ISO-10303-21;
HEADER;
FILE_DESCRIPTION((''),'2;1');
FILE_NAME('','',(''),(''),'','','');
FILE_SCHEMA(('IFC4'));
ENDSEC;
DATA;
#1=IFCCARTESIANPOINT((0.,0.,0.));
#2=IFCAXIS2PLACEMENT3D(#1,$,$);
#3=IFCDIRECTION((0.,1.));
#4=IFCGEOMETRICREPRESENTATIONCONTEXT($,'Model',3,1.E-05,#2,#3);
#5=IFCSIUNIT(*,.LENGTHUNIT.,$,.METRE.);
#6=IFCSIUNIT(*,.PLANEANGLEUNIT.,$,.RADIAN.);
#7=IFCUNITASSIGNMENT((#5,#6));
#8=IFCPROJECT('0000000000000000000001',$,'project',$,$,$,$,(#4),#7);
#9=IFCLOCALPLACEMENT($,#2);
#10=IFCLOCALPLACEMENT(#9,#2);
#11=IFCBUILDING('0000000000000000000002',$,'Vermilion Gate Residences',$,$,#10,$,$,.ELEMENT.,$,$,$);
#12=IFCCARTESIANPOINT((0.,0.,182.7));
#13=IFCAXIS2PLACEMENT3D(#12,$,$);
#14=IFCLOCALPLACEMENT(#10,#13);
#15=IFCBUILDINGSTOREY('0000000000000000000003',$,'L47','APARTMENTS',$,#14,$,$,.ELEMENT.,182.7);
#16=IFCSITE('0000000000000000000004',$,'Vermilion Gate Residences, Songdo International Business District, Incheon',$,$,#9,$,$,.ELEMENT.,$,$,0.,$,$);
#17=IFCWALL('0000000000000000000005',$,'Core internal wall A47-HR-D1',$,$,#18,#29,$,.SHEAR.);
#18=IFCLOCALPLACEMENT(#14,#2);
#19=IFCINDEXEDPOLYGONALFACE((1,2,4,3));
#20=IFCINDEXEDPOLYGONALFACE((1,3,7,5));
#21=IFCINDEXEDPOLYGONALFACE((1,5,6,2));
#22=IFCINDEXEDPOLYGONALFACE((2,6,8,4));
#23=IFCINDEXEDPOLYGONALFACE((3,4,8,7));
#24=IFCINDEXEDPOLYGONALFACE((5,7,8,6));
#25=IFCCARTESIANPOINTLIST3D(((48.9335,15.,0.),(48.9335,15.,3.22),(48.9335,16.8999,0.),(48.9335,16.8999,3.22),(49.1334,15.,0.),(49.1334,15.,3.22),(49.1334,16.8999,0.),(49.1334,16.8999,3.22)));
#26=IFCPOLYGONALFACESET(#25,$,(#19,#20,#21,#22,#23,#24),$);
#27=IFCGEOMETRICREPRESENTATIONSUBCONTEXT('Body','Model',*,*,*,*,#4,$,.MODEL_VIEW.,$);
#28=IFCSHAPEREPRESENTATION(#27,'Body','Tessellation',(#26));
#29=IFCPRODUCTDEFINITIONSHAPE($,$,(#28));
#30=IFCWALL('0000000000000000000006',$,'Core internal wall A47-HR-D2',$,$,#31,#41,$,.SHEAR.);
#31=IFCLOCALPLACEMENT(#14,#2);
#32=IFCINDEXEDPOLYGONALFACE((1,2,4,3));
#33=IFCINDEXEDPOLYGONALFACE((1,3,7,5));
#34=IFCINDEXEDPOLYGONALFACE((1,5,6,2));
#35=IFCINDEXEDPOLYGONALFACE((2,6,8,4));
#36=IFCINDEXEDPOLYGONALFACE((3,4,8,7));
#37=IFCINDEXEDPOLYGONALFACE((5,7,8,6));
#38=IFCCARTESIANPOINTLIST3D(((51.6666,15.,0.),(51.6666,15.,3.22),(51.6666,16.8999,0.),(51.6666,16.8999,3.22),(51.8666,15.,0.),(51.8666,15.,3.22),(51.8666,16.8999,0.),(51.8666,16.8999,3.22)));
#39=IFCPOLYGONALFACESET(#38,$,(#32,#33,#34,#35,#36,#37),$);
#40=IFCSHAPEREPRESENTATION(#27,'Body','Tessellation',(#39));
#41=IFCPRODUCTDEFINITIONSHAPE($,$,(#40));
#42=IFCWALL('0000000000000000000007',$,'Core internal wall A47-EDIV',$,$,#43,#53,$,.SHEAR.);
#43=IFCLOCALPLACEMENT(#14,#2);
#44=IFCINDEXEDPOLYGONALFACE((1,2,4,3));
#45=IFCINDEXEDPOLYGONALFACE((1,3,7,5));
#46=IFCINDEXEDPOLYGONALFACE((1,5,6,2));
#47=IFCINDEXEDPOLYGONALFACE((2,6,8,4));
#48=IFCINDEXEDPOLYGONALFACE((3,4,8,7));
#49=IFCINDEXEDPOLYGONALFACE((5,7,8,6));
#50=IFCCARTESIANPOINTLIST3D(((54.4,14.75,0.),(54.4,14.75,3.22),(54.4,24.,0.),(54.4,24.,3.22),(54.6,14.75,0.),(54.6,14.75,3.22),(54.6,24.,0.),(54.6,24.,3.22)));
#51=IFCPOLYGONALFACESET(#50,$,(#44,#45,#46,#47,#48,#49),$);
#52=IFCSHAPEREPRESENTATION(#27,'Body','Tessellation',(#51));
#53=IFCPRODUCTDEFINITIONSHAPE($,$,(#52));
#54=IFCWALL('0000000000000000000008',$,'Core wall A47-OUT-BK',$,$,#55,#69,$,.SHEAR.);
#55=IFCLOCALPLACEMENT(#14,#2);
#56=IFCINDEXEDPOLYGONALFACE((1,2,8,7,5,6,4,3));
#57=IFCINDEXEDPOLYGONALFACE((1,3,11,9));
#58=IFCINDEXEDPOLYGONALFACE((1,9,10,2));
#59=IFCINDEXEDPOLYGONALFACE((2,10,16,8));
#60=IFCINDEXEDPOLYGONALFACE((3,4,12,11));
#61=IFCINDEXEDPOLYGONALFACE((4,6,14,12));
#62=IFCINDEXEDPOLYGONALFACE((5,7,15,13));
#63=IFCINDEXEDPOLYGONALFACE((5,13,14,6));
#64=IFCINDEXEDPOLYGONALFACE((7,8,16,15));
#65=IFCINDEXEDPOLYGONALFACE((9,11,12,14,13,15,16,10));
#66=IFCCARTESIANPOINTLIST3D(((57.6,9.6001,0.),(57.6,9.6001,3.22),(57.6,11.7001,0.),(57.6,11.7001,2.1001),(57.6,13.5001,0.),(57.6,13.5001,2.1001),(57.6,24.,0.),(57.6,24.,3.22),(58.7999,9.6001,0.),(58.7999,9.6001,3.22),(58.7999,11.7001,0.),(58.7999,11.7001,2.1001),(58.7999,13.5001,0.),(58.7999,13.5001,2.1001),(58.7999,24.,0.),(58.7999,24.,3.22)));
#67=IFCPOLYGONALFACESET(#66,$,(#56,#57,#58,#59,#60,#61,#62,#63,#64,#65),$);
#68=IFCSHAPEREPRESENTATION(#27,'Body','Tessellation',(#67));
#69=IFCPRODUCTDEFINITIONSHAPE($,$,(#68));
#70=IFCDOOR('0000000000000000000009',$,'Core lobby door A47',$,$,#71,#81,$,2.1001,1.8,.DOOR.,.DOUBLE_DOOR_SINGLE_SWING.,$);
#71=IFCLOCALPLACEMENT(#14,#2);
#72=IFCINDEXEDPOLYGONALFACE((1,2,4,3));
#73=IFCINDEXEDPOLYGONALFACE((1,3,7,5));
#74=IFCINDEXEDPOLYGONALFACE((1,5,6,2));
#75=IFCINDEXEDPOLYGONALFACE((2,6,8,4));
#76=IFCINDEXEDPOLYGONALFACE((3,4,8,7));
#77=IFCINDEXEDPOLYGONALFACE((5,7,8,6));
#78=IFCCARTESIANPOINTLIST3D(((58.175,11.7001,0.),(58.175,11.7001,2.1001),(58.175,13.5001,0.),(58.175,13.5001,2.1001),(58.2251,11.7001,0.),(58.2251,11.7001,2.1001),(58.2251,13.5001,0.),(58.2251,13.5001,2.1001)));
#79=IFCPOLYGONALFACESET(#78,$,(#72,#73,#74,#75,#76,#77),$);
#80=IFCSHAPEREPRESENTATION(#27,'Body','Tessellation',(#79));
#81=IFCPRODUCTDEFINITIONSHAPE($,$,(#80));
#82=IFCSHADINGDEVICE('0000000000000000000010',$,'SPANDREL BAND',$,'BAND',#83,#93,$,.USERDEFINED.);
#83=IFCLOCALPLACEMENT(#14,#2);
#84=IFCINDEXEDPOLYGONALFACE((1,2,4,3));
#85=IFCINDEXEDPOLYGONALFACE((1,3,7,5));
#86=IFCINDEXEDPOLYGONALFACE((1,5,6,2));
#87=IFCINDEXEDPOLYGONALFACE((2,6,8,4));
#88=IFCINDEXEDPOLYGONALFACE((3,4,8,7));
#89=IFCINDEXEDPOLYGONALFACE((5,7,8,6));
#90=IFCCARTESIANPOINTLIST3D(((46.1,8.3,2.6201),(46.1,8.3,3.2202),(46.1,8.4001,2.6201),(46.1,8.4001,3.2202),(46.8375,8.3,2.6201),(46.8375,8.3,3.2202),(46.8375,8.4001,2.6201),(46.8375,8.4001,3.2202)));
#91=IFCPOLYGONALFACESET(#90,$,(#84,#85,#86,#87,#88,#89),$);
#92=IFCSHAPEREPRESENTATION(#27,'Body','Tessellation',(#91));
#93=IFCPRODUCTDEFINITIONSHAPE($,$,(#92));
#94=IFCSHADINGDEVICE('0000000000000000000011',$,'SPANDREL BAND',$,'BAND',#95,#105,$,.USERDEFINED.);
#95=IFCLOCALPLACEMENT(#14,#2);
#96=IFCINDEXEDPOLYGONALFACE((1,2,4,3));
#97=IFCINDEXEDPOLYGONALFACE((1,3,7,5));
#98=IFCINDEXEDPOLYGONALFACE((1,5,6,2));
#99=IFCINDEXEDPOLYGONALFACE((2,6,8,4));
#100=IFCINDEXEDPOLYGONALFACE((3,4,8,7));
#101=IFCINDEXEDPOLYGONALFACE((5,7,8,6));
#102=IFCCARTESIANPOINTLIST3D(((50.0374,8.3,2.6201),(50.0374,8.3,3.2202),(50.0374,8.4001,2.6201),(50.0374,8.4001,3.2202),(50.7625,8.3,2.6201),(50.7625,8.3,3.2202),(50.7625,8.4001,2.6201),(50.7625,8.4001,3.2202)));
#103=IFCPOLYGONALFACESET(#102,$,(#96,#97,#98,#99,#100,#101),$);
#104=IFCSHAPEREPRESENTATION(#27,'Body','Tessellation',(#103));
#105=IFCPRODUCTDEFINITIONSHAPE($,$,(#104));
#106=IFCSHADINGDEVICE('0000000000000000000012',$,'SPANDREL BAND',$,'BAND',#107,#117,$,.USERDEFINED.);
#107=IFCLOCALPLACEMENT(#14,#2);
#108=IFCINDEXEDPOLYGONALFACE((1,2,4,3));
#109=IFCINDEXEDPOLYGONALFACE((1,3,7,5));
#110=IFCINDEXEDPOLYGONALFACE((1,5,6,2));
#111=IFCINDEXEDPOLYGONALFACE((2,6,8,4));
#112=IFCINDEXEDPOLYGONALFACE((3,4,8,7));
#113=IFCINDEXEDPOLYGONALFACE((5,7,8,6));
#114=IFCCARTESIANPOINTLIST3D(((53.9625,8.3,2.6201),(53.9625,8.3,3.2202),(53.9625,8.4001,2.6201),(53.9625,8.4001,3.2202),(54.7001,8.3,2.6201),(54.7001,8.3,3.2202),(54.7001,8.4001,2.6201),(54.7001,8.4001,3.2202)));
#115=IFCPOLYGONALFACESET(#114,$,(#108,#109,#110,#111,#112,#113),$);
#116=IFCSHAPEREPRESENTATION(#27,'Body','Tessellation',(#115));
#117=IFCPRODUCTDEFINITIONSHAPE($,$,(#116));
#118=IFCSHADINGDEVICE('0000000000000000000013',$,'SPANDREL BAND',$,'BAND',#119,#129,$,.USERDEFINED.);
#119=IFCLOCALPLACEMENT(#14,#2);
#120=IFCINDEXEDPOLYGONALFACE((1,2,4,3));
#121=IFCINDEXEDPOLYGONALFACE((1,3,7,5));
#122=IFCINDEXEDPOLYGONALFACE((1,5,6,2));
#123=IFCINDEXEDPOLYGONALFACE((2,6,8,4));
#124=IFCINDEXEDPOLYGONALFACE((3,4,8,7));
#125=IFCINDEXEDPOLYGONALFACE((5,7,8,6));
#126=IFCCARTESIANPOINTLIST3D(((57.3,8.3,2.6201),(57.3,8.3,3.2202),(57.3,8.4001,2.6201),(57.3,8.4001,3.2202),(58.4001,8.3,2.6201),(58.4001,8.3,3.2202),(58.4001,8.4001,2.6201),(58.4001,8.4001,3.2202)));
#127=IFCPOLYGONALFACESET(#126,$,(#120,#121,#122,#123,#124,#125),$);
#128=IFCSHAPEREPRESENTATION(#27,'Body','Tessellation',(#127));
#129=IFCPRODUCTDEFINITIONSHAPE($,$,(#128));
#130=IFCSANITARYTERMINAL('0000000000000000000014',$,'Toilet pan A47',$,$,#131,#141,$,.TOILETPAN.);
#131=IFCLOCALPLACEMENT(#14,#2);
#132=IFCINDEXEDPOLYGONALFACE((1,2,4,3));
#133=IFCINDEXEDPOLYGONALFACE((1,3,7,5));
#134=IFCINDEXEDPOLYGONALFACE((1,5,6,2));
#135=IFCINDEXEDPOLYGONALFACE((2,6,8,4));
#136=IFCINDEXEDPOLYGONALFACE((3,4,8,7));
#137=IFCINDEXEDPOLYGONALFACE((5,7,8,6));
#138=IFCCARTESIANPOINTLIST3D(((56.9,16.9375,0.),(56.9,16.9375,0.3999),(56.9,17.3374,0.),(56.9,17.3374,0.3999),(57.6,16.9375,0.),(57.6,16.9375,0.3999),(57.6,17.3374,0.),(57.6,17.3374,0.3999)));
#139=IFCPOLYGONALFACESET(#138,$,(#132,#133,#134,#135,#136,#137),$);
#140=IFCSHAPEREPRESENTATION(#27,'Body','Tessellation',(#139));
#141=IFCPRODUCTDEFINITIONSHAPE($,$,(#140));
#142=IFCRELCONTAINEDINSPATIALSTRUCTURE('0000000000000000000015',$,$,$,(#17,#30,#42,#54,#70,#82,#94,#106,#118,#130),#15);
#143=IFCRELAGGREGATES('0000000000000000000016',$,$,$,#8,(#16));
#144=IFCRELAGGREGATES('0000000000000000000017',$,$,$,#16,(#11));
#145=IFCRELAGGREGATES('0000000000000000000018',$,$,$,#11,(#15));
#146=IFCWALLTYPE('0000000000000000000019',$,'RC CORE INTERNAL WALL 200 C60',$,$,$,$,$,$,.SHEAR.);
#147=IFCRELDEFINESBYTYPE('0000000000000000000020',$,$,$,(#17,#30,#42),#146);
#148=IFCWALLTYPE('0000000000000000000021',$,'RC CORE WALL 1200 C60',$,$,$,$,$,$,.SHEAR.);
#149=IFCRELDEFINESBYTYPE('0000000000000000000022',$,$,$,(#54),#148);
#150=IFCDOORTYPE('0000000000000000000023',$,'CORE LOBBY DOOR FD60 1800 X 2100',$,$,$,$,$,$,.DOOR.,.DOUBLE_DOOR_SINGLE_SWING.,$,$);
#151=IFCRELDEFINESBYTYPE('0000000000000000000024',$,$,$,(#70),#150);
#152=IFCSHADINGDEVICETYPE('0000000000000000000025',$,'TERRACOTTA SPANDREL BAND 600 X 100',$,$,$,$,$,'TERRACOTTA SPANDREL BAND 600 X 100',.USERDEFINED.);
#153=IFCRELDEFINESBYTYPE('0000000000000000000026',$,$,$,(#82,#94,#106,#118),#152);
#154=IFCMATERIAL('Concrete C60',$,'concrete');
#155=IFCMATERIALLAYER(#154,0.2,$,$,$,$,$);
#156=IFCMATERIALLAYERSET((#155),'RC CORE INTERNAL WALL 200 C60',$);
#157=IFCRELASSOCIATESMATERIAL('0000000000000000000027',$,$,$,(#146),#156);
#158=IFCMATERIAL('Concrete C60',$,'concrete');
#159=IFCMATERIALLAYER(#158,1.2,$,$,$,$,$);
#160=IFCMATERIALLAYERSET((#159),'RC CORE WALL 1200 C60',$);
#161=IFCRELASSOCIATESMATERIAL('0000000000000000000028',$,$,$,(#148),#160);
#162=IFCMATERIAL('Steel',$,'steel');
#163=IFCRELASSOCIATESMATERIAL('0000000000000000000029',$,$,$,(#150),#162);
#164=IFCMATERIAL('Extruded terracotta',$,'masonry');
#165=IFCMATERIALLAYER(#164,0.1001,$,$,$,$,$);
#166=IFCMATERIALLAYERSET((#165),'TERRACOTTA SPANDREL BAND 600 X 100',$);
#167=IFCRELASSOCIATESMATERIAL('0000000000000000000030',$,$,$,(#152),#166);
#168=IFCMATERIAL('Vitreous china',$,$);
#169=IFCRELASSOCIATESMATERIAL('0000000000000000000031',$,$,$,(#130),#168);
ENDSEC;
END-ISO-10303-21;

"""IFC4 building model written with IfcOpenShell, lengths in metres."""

from ifc_helpers import new_model, si_unit, direction, frame, frame_2d, origin, origin_2d, place, context, subcontext, project, spatial, rectangle, extrude, material, layer, layer_set, type_object, element, fill, save


model = new_model("IFC4")

# Units and contexts
model_context = context("Model", 3, precision=1e-05, world=origin(), true_north=direction((0.0, 1.0)))
body_context = subcontext(model_context, "Body", "Model", "MODEL_VIEW")
ifc_project = project(units=[si_unit("LENGTHUNIT", "METRE"), si_unit("PLANEANGLEUNIT", "RADIAN")], contexts=[model_context])

# Site, building, storey
site_placement = place(None, origin())
site = spatial("IfcSite", under=ifc_project, at=site_placement, Name="Vermilion Gate Residences, Songdo International Business District, Incheon", CompositionType="ELEMENT", RefElevation=0.0)
building_placement = place(site_placement, origin())
building = spatial("IfcBuilding", under=site, at=building_placement, Name="Vermilion Gate Residences", CompositionType="ELEMENT")
storey_placement = place(building_placement, frame((0.0, 0.0, 182.7)))
storey = spatial("IfcBuildingStorey", under=building, at=storey_placement, Name="L47", Description="APARTMENTS", CompositionType="ELEMENT", Elevation=182.7)

# Walls
ifc_material_1 = material(Name="Concrete C60", Category="concrete")
ifc_layer_1 = layer(ifc_material_1, 0.2)
ifc_layer_set_1 = layer_set([ifc_layer_1], Name="RC CORE INTERNAL WALL 200 C60")
wall_type_1 = type_object("IfcWallType", Name="RC CORE INTERNAL WALL 200 C60", PredefinedType="SHEAR", material=ifc_layer_set_1)
for number, where, z_axis, x_axis, name in (
    (1, (49.0334, 15.0, 0.0), (0.0, 0.0, 1.0), (0.0, 1.0, 0.0), "Core internal wall A47-HR-D1"),
    (2, (51.7666, 15.0, 0.0), (0.0, 0.0, 1.0), (0.0, 1.0, 0.0), "Core internal wall A47-HR-D2"),
):
    element("IfcWall", number, at=place(storey_placement, frame(where, z_axis=z_axis, x_axis=x_axis)), inside=storey, type_object=wall_type_1, Name=name, PredefinedType="SHEAR", context=body_context, shape_type="SweptSolid", body=[
        extrude(rectangle(XDim=1.8999, YDim=0.2, at=frame_2d((0.95, 0.0))), origin(), (0.0, 0.0, 1.0), 3.22),
    ])
wall_1_placement = place(storey_placement, frame((54.5, 14.75, 0.0), z_axis=(0.0, 0.0, 1.0), x_axis=(0.0, 1.0, 0.0)))
element("IfcWall", 3, at=wall_1_placement, inside=storey, type_object=wall_type_1, Name="Core internal wall A47-EDIV", PredefinedType="SHEAR", context=body_context, shape_type="SweptSolid", body=[
    extrude(rectangle(XDim=9.25, YDim=0.2, at=frame_2d((4.625, 0.0))), origin(), (0.0, 0.0, 1.0), 3.22),
])

# Wall, opening, door
ifc_material_2 = material(Name="Concrete C60", Category="concrete")
ifc_layer_2 = layer(ifc_material_2, 1.2)
ifc_layer_set_2 = layer_set([ifc_layer_2], Name="RC CORE WALL 1200 C60")
wall_type_2 = type_object("IfcWallType", Name="RC CORE WALL 1200 C60", PredefinedType="SHEAR", material=ifc_layer_set_2)
wall_2_placement = place(storey_placement, frame((58.2, 9.6001, 0.0), z_axis=(0.0, 0.0, 1.0), x_axis=(0.0, 1.0, 0.0)))
wall_2 = element("IfcWall", 4, at=wall_2_placement, inside=storey, type_object=wall_type_2, Name="Core wall A47-OUT-BK", PredefinedType="SHEAR", context=body_context, shape_type="SweptSolid", body=[
    extrude(rectangle(XDim=14.3999, YDim=1.2, at=frame_2d((7.2, 0.0))), origin(), (0.0, 0.0, 1.0), 3.22),
])
opening_1_placement = place(wall_2_placement, frame((2.1001, 0.0, 0.0)))
opening_1 = element("IfcOpeningElement", 5, at=opening_1_placement, cuts=wall_2, PredefinedType="OPENING", context=body_context, shape_type="SweptSolid", body=[
    extrude(rectangle(XDim=1.8, YDim=2.1001, at=frame_2d((0.8999, 1.05))), frame((0.0, 0.6099, 0.0), z_axis=(0.0, -1.0, 0.0), x_axis=(1.0, 0.0, 0.0)), (0.0, 0.0, 1.0), 1.22),
])
ifc_material_3 = material(Name="Steel", Category="steel")
door_type_1 = type_object("IfcDoorType", Name="CORE LOBBY DOOR FD60 1800 X 2100", OperationType="DOUBLE_DOOR_SINGLE_SWING", PredefinedType="DOOR", material=ifc_material_3)
door_1_placement = place(opening_1_placement, origin())
door_1 = element("IfcDoor", 6, at=door_1_placement, inside=storey, type_object=door_type_1, Name="Core lobby door A47", OperationType="DOUBLE_DOOR_SINGLE_SWING", OverallHeight=2.1001, OverallWidth=1.8, PredefinedType="DOOR", context=body_context, shape_type="SweptSolid", body=[
    extrude(rectangle(XDim=1.8, YDim=2.1001, at=frame_2d((0.8999, 1.05))), frame((0.0, 0.0249, 0.0), z_axis=(0.0, -1.0, 0.0), x_axis=(1.0, 0.0, 0.0)), (0.0, 0.0, 1.0), 0.05),
])
fill(opening_1, door_1)

# Shading devices
ifc_material_4 = material(Name="Extruded terracotta", Category="masonry")
ifc_layer_3 = layer(ifc_material_4, 0.1001)
ifc_layer_set_3 = layer_set([ifc_layer_3], Name="TERRACOTTA SPANDREL BAND 600 X 100")
shading_device_type = type_object("IfcShadingDeviceType", Name="TERRACOTTA SPANDREL BAND 600 X 100", ElementType="TERRACOTTA SPANDREL BAND 600 X 100", PredefinedType="USERDEFINED", material=ifc_layer_set_3)
shading_device_1_placement = place(storey_placement, frame((46.4688, 8.3501, 2.6201), z_axis=(0.0, 0.0, 1.0), x_axis=(1.0, 0.0, 0.0)))
element("IfcShadingDevice", 7, at=shading_device_1_placement, inside=storey, type_object=shading_device_type, Name="SPANDREL BAND", ObjectType="BAND", PredefinedType="USERDEFINED", context=body_context, shape_type="SweptSolid", body=[
    extrude(rectangle(XDim=0.7375, YDim=0.1001, at=origin_2d()), origin(), (0.0, 0.0, 1.0), 0.6001),
])
shading_device_2_placement = place(storey_placement, frame((50.3999, 8.3501, 2.6201), z_axis=(0.0, 0.0, 1.0), x_axis=(1.0, 0.0, 0.0)))
element("IfcShadingDevice", 8, at=shading_device_2_placement, inside=storey, type_object=shading_device_type, Name="SPANDREL BAND", ObjectType="BAND", PredefinedType="USERDEFINED", context=body_context, shape_type="SweptSolid", body=[
    extrude(rectangle(XDim=0.7251, YDim=0.1001, at=origin_2d()), origin(), (0.0, 0.0, 1.0), 0.6001),
])
shading_device_3_placement = place(storey_placement, frame((54.3313, 8.3501, 2.6201), z_axis=(0.0, 0.0, 1.0), x_axis=(1.0, 0.0, 0.0)))
element("IfcShadingDevice", 9, at=shading_device_3_placement, inside=storey, type_object=shading_device_type, Name="SPANDREL BAND", ObjectType="BAND", PredefinedType="USERDEFINED", context=body_context, shape_type="SweptSolid", body=[
    extrude(rectangle(XDim=0.7375, YDim=0.1001, at=origin_2d()), origin(), (0.0, 0.0, 1.0), 0.6001),
])
shading_device_4_placement = place(storey_placement, frame((57.8501, 8.3501, 2.6201), z_axis=(0.0, 0.0, 1.0), x_axis=(1.0, 0.0, 0.0)))
element("IfcShadingDevice", 10, at=shading_device_4_placement, inside=storey, type_object=shading_device_type, Name="SPANDREL BAND", ObjectType="BAND", PredefinedType="USERDEFINED", context=body_context, shape_type="SweptSolid", body=[
    extrude(rectangle(XDim=1.1001, YDim=0.1001, at=origin_2d()), origin(), (0.0, 0.0, 1.0), 0.6001),
])

# Sanitary terminal
ifc_material_5 = material(Name="Vitreous china")
sanitary_terminal_placement = place(storey_placement, frame((57.25, 17.1375, 0.0), z_axis=(0.0, 0.0, 1.0), x_axis=(1.0, 0.0, 0.0)))
element("IfcSanitaryTerminal", 11, at=sanitary_terminal_placement, inside=storey, material=ifc_material_5, Name="Toilet pan A47", PredefinedType="TOILETPAN", context=body_context, shape_type="SweptSolid", body=[
    extrude(rectangle(XDim=0.7, YDim=0.3999, at=origin_2d()), origin(), (0.0, 0.0, 1.0), 0.3999),
])

save(model, "model.ifc")
